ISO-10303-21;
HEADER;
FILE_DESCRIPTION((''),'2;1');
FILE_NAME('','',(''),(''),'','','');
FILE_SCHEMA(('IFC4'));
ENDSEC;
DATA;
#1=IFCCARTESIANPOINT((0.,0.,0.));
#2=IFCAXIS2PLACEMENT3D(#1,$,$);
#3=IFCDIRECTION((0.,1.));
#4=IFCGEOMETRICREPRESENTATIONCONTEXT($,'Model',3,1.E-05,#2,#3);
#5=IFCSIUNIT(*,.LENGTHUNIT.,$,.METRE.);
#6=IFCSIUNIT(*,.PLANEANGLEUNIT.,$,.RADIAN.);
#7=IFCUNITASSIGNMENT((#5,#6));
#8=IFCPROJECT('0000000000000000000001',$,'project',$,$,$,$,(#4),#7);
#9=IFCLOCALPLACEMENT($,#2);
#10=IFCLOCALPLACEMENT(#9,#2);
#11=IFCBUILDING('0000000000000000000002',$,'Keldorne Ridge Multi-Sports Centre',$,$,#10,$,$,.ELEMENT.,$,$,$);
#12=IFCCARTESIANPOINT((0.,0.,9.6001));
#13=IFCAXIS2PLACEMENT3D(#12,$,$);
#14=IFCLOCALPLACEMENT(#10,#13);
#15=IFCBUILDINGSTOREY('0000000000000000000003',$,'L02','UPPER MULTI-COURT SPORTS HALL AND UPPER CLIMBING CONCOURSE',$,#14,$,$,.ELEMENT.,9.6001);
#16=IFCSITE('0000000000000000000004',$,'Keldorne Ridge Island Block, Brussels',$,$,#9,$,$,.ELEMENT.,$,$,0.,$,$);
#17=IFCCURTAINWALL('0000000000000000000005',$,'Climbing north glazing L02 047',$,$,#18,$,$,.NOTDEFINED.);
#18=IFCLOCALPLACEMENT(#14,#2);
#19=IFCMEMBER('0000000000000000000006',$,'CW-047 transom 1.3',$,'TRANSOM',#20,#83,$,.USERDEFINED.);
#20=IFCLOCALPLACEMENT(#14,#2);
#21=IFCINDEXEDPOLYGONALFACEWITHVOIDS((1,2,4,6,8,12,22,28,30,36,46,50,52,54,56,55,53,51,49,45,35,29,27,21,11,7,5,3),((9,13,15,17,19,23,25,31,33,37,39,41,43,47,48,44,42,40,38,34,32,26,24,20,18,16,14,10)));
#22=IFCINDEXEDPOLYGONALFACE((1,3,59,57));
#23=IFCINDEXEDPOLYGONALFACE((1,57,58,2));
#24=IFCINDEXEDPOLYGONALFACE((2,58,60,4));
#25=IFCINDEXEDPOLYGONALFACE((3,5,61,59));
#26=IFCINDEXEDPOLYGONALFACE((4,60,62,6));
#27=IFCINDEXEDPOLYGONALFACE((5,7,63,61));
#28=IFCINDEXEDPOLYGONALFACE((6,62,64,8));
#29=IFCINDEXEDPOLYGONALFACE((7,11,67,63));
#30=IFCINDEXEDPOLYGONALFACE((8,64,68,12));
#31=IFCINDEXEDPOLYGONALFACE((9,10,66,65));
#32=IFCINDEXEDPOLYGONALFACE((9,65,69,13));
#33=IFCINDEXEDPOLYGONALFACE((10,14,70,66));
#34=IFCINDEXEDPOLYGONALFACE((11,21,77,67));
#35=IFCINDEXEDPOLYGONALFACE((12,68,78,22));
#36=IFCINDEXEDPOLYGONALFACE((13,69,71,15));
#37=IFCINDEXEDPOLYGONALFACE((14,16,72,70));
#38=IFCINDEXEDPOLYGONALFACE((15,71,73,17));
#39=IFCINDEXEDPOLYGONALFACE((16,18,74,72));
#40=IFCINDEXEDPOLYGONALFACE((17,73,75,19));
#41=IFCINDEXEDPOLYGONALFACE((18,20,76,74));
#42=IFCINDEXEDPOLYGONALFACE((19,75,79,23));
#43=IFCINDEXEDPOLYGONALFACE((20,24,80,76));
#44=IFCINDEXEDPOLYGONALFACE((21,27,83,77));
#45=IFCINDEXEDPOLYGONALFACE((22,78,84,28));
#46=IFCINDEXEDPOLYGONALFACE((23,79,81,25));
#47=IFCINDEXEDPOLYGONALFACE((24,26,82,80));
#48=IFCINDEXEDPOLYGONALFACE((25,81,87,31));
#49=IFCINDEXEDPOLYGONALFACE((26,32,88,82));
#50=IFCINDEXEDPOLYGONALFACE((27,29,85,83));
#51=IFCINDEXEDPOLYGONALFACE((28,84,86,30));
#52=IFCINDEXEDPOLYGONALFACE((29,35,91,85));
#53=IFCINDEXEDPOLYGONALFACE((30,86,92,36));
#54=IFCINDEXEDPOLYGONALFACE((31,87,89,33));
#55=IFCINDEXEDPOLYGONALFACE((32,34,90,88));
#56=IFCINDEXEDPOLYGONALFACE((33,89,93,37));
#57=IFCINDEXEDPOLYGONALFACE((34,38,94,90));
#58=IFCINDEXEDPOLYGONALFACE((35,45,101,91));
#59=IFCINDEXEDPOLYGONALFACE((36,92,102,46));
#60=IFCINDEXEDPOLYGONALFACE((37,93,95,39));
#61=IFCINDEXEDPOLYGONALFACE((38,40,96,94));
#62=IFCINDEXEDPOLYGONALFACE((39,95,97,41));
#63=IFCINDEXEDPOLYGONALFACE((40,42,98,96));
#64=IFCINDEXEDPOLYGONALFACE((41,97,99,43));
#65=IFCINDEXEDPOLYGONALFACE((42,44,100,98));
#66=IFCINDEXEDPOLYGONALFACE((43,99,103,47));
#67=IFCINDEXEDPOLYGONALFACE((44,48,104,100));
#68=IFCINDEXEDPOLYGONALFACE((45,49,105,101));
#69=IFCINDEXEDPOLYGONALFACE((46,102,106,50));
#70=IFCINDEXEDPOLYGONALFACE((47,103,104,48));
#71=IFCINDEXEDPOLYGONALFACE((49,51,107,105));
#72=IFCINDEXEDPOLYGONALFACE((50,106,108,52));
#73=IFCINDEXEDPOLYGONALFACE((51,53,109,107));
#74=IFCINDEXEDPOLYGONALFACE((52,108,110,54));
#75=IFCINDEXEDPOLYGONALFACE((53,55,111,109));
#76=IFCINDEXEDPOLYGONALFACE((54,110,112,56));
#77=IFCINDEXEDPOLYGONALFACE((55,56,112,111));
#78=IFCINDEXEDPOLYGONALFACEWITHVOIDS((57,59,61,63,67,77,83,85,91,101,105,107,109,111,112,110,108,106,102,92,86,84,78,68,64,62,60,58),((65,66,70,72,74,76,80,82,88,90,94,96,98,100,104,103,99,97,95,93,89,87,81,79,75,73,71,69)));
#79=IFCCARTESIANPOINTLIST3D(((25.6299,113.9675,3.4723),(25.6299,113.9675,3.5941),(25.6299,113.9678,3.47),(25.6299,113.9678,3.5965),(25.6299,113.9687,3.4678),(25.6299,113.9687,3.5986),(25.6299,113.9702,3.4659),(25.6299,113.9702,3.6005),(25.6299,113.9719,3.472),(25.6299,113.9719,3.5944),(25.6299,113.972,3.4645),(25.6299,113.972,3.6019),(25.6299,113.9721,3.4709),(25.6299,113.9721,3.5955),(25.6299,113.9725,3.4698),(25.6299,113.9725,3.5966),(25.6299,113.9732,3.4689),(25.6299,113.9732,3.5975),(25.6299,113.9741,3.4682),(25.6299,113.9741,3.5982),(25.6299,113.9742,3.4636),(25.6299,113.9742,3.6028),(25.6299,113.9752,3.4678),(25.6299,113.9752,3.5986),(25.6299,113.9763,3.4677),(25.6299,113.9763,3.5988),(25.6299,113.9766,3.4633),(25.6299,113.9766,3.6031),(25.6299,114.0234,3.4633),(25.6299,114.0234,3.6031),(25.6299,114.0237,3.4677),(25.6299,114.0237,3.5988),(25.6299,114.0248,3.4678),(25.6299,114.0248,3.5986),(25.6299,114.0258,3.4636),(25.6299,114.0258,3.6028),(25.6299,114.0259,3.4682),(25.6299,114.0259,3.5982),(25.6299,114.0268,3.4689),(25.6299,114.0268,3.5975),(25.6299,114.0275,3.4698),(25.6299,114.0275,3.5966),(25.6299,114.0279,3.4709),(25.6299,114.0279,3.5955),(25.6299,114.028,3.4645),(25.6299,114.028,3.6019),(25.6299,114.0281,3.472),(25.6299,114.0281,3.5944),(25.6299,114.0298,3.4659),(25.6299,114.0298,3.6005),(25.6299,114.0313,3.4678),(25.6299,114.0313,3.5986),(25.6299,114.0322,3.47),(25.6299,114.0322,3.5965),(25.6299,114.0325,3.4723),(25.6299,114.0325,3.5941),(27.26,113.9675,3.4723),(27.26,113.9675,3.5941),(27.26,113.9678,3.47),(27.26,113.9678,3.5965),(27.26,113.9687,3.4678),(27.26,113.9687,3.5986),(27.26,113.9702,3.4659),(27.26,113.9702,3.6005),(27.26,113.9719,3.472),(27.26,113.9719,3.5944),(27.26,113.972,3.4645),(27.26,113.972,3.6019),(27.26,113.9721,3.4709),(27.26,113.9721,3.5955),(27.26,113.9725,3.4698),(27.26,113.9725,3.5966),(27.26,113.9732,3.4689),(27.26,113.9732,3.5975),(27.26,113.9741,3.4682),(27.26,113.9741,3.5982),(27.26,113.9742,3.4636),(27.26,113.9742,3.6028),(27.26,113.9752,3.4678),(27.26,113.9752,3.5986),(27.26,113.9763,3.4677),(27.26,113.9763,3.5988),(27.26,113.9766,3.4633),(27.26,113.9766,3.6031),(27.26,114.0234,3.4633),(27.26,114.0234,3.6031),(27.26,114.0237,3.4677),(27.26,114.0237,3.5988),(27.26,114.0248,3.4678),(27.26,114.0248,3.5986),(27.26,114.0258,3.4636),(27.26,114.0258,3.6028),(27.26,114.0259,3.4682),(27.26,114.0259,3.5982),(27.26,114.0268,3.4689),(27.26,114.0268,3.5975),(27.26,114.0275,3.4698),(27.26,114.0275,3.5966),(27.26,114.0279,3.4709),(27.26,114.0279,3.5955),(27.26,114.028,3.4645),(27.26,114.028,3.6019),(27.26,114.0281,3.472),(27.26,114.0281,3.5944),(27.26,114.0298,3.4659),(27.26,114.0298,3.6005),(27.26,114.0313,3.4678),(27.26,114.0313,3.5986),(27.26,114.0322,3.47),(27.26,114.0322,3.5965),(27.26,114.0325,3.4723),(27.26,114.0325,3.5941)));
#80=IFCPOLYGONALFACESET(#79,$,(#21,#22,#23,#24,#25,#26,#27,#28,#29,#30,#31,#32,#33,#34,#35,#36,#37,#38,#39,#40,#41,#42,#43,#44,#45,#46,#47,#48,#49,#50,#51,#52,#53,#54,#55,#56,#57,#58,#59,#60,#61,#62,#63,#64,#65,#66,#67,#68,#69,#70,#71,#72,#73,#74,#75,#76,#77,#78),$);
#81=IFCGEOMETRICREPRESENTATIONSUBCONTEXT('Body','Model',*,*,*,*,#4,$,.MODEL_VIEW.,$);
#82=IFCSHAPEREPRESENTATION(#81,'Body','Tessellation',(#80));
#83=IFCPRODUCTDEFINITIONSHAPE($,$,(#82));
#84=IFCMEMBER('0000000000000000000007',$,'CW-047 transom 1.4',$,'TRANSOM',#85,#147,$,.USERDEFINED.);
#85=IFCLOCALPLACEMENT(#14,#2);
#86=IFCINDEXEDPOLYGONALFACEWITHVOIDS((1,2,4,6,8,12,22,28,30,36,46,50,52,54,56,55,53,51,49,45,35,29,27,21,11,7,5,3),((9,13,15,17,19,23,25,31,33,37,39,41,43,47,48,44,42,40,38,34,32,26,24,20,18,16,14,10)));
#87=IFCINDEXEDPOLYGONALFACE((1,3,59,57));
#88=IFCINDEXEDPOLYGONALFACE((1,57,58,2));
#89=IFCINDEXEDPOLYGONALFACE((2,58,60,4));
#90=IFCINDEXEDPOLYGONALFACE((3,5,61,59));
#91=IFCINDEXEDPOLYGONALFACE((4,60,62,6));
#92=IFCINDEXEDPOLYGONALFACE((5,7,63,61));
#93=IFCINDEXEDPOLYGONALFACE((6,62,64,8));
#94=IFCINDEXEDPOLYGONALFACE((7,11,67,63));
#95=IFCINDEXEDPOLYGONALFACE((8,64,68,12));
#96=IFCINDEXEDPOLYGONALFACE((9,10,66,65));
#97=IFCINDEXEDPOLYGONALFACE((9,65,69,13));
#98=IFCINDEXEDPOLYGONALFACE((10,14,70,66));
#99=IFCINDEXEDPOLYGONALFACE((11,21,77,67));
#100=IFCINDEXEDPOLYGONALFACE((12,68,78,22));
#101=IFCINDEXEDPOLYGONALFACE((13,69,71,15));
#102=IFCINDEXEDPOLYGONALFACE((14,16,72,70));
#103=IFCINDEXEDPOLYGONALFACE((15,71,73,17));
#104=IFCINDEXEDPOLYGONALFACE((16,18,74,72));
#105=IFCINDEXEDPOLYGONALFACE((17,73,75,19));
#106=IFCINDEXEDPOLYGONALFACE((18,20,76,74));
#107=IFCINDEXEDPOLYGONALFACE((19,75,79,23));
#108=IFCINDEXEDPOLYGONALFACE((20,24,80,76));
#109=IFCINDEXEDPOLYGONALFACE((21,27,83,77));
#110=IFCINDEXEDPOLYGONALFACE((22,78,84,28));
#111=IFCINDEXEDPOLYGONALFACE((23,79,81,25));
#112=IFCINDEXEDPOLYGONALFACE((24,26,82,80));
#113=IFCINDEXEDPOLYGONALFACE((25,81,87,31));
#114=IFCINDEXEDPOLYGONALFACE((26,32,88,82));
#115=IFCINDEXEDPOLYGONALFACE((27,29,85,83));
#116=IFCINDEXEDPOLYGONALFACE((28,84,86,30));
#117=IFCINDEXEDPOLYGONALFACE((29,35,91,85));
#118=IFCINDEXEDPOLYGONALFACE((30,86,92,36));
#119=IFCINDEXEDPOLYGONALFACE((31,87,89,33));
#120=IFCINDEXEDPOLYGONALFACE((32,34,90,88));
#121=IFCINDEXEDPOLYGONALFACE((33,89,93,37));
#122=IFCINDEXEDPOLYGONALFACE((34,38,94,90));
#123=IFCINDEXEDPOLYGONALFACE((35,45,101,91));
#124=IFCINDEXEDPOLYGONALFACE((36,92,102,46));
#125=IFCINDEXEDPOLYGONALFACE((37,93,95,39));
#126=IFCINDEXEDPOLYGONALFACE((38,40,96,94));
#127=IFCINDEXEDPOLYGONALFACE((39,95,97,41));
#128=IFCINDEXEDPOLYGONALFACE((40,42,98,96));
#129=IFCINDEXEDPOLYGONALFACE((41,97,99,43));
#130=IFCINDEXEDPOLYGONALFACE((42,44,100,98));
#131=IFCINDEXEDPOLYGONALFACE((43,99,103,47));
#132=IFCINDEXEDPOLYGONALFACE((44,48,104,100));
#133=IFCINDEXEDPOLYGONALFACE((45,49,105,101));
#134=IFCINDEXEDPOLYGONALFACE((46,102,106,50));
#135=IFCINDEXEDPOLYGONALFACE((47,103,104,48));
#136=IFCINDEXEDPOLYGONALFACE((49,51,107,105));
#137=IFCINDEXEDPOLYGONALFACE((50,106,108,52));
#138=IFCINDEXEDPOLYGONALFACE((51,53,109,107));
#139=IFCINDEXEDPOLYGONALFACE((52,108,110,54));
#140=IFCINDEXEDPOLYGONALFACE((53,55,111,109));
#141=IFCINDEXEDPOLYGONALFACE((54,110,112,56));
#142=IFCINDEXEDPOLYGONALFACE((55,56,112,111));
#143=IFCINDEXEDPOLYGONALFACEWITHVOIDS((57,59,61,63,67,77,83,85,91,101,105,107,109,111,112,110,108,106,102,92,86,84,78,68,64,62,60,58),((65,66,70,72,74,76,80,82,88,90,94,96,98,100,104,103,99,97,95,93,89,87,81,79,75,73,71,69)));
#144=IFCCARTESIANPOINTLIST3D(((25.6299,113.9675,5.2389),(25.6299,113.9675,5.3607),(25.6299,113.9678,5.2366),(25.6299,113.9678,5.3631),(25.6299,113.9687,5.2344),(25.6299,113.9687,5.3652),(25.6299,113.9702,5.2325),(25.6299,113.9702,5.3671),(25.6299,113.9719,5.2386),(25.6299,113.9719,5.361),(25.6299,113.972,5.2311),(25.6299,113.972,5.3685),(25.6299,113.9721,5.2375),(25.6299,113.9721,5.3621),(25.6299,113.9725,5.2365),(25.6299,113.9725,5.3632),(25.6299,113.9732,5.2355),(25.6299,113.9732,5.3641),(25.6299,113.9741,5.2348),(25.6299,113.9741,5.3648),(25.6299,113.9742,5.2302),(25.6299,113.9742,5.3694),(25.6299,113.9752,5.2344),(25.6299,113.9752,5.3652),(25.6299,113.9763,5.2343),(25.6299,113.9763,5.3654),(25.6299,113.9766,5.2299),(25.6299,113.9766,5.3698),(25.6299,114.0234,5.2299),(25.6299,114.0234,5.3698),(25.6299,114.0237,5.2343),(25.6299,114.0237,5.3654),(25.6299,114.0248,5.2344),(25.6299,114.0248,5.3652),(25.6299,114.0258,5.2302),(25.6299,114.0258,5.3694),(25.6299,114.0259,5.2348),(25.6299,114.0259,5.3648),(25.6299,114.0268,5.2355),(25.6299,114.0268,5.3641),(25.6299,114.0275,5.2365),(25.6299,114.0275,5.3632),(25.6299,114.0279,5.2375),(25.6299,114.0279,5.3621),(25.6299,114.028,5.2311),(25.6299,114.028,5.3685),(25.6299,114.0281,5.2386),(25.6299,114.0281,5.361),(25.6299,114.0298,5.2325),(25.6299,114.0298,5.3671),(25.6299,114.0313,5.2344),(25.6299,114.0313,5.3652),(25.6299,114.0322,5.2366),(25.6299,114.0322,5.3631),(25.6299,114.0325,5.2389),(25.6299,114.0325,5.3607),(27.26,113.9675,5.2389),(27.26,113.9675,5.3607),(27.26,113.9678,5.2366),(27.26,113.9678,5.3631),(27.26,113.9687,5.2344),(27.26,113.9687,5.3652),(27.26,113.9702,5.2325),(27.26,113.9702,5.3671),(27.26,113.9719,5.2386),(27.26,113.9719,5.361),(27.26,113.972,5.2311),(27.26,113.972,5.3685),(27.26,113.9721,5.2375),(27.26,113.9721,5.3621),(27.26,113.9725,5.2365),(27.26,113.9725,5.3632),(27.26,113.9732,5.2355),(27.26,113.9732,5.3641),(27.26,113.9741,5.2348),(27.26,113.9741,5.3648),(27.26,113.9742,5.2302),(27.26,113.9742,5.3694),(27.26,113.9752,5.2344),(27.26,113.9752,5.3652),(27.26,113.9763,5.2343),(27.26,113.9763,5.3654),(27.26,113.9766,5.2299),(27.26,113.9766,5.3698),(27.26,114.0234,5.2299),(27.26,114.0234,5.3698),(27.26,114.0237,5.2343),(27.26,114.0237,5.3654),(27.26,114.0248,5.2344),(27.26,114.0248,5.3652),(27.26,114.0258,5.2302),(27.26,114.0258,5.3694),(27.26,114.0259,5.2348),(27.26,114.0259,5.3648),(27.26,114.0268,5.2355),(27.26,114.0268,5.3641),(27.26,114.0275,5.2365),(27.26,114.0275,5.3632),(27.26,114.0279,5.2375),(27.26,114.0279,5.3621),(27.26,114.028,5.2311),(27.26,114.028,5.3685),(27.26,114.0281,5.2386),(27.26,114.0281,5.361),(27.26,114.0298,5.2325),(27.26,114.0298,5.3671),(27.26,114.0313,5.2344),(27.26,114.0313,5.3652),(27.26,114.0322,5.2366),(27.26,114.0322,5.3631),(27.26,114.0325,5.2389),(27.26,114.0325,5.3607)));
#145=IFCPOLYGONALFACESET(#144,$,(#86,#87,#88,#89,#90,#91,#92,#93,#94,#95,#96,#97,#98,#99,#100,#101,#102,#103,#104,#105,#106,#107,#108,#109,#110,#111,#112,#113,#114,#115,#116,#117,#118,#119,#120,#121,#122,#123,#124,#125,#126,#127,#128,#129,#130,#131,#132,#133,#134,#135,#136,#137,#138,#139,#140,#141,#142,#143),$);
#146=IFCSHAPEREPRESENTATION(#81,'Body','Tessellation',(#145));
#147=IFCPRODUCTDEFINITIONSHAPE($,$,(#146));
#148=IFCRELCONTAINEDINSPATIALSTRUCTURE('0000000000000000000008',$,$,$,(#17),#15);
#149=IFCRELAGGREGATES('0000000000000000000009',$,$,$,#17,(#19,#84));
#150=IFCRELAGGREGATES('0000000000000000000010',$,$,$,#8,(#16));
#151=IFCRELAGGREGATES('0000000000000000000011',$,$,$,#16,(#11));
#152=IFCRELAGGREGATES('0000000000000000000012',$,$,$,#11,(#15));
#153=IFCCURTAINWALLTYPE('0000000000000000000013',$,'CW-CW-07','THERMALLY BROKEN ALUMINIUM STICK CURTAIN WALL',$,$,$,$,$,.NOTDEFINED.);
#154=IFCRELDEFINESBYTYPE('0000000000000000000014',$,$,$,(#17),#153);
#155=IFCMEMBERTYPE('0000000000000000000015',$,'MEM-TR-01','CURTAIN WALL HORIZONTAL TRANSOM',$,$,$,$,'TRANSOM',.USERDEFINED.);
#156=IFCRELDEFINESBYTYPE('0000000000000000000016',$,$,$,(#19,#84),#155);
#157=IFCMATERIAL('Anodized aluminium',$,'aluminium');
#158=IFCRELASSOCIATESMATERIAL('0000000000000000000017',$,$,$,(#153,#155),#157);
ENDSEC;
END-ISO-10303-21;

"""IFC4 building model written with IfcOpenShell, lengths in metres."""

from ifc_helpers import new_model, si_unit, direction, frame, origin, origin_2d, place, context, subcontext, project, spatial, hollow_rectangle, extrude, material, material_profile, profile_set, type_object, element, aggregate, save


model = new_model("IFC4")

# Units and contexts
model_context = context("Model", 3, precision=1e-05, world=origin(), true_north=direction((0.0, 1.0)))
body_context = subcontext(model_context, "Body", "Model", "MODEL_VIEW")
ifc_project = project(units=[si_unit("LENGTHUNIT", "METRE"), si_unit("PLANEANGLEUNIT", "RADIAN")], contexts=[model_context])

# Site, building, storey
site_placement = place(None, origin())
site = spatial("IfcSite", under=ifc_project, at=site_placement, Name="Keldorne Ridge Island Block, Brussels", CompositionType="ELEMENT", RefElevation=0.0)
building_placement = place(site_placement, origin())
building = spatial("IfcBuilding", under=site, at=building_placement, Name="Keldorne Ridge Multi-Sports Centre", CompositionType="ELEMENT")
storey_placement = place(building_placement, frame((0.0, 0.0, 9.6001)))
storey = spatial("IfcBuildingStorey", under=building, at=storey_placement, Name="L02", Description="UPPER MULTI-COURT SPORTS HALL AND UPPER CLIMBING CONCOURSE", CompositionType="ELEMENT", Elevation=9.6001)

# Curtain wall
ifc_material_1 = material(Name="Anodized aluminium", Category="aluminium")
curtain_wall_type = type_object("IfcCurtainWallType", Name="CW-CW-07", Description="THERMALLY BROKEN ALUMINIUM STICK CURTAIN WALL", PredefinedType="NOTDEFINED", material=ifc_material_1)
curtain_wall_placement = place(storey_placement, origin())
curtain_wall = element("IfcCurtainWall", 1, at=curtain_wall_placement, inside=storey, type_object=curtain_wall_type, Name="Climbing north glazing L02 047", PredefinedType="NOTDEFINED")

# Members
ifc_material_profile_1 = material_profile(ifc_material_1, hollow_rectangle(XDim=0.0649, YDim=0.1399, WallThickness=0.0044, InnerFilletRadius=0.0044, OuterFilletRadius=0.009, at=origin_2d()), Name="ALU TRANSOM 140x65x4.5")
ifc_profile_set_1 = profile_set([ifc_material_profile_1], Name="Anodized aluminium")
member_type_1 = type_object("IfcMemberType", Name="MEM-TR-01", Description="CURTAIN WALL HORIZONTAL TRANSOM", ElementType="TRANSOM", PredefinedType="USERDEFINED", material=ifc_profile_set_1)
member_1_placement = place(storey_placement, frame((27.26, 114.0, 3.5332), z_axis=(-1.0, 0.0, 0.0), x_axis=(0.0, -1.0, 0.0)))
member_1 = element("IfcMember", 2, at=member_1_placement, type_object=member_type_1, Name="CW-047 transom 1.3", ObjectType="TRANSOM", PredefinedType="USERDEFINED", context=body_context, shape_type="SweptSolid", body=[
    extrude(hollow_rectangle(XDim=0.0649, YDim=0.1399, WallThickness=0.0044, InnerFilletRadius=0.0044, OuterFilletRadius=0.009, at=origin_2d()), origin(), (0.0, 0.0, 1.0), 1.6301),
])
member_2_placement = place(storey_placement, frame((27.26, 114.0, 5.2998), z_axis=(-1.0, 0.0, 0.0), x_axis=(0.0, -1.0, 0.0)))
member_2 = element("IfcMember", 3, at=member_2_placement, type_object=member_type_1, Name="CW-047 transom 1.4", ObjectType="TRANSOM", PredefinedType="USERDEFINED", context=body_context, shape_type="SweptSolid", body=[
    extrude(hollow_rectangle(XDim=0.0649, YDim=0.1399, WallThickness=0.0044, InnerFilletRadius=0.0044, OuterFilletRadius=0.009, at=origin_2d()), origin(), (0.0, 0.0, 1.0), 1.6301),
])

aggregate(curtain_wall, [member_1, member_2])

save(model, "model.ifc")
